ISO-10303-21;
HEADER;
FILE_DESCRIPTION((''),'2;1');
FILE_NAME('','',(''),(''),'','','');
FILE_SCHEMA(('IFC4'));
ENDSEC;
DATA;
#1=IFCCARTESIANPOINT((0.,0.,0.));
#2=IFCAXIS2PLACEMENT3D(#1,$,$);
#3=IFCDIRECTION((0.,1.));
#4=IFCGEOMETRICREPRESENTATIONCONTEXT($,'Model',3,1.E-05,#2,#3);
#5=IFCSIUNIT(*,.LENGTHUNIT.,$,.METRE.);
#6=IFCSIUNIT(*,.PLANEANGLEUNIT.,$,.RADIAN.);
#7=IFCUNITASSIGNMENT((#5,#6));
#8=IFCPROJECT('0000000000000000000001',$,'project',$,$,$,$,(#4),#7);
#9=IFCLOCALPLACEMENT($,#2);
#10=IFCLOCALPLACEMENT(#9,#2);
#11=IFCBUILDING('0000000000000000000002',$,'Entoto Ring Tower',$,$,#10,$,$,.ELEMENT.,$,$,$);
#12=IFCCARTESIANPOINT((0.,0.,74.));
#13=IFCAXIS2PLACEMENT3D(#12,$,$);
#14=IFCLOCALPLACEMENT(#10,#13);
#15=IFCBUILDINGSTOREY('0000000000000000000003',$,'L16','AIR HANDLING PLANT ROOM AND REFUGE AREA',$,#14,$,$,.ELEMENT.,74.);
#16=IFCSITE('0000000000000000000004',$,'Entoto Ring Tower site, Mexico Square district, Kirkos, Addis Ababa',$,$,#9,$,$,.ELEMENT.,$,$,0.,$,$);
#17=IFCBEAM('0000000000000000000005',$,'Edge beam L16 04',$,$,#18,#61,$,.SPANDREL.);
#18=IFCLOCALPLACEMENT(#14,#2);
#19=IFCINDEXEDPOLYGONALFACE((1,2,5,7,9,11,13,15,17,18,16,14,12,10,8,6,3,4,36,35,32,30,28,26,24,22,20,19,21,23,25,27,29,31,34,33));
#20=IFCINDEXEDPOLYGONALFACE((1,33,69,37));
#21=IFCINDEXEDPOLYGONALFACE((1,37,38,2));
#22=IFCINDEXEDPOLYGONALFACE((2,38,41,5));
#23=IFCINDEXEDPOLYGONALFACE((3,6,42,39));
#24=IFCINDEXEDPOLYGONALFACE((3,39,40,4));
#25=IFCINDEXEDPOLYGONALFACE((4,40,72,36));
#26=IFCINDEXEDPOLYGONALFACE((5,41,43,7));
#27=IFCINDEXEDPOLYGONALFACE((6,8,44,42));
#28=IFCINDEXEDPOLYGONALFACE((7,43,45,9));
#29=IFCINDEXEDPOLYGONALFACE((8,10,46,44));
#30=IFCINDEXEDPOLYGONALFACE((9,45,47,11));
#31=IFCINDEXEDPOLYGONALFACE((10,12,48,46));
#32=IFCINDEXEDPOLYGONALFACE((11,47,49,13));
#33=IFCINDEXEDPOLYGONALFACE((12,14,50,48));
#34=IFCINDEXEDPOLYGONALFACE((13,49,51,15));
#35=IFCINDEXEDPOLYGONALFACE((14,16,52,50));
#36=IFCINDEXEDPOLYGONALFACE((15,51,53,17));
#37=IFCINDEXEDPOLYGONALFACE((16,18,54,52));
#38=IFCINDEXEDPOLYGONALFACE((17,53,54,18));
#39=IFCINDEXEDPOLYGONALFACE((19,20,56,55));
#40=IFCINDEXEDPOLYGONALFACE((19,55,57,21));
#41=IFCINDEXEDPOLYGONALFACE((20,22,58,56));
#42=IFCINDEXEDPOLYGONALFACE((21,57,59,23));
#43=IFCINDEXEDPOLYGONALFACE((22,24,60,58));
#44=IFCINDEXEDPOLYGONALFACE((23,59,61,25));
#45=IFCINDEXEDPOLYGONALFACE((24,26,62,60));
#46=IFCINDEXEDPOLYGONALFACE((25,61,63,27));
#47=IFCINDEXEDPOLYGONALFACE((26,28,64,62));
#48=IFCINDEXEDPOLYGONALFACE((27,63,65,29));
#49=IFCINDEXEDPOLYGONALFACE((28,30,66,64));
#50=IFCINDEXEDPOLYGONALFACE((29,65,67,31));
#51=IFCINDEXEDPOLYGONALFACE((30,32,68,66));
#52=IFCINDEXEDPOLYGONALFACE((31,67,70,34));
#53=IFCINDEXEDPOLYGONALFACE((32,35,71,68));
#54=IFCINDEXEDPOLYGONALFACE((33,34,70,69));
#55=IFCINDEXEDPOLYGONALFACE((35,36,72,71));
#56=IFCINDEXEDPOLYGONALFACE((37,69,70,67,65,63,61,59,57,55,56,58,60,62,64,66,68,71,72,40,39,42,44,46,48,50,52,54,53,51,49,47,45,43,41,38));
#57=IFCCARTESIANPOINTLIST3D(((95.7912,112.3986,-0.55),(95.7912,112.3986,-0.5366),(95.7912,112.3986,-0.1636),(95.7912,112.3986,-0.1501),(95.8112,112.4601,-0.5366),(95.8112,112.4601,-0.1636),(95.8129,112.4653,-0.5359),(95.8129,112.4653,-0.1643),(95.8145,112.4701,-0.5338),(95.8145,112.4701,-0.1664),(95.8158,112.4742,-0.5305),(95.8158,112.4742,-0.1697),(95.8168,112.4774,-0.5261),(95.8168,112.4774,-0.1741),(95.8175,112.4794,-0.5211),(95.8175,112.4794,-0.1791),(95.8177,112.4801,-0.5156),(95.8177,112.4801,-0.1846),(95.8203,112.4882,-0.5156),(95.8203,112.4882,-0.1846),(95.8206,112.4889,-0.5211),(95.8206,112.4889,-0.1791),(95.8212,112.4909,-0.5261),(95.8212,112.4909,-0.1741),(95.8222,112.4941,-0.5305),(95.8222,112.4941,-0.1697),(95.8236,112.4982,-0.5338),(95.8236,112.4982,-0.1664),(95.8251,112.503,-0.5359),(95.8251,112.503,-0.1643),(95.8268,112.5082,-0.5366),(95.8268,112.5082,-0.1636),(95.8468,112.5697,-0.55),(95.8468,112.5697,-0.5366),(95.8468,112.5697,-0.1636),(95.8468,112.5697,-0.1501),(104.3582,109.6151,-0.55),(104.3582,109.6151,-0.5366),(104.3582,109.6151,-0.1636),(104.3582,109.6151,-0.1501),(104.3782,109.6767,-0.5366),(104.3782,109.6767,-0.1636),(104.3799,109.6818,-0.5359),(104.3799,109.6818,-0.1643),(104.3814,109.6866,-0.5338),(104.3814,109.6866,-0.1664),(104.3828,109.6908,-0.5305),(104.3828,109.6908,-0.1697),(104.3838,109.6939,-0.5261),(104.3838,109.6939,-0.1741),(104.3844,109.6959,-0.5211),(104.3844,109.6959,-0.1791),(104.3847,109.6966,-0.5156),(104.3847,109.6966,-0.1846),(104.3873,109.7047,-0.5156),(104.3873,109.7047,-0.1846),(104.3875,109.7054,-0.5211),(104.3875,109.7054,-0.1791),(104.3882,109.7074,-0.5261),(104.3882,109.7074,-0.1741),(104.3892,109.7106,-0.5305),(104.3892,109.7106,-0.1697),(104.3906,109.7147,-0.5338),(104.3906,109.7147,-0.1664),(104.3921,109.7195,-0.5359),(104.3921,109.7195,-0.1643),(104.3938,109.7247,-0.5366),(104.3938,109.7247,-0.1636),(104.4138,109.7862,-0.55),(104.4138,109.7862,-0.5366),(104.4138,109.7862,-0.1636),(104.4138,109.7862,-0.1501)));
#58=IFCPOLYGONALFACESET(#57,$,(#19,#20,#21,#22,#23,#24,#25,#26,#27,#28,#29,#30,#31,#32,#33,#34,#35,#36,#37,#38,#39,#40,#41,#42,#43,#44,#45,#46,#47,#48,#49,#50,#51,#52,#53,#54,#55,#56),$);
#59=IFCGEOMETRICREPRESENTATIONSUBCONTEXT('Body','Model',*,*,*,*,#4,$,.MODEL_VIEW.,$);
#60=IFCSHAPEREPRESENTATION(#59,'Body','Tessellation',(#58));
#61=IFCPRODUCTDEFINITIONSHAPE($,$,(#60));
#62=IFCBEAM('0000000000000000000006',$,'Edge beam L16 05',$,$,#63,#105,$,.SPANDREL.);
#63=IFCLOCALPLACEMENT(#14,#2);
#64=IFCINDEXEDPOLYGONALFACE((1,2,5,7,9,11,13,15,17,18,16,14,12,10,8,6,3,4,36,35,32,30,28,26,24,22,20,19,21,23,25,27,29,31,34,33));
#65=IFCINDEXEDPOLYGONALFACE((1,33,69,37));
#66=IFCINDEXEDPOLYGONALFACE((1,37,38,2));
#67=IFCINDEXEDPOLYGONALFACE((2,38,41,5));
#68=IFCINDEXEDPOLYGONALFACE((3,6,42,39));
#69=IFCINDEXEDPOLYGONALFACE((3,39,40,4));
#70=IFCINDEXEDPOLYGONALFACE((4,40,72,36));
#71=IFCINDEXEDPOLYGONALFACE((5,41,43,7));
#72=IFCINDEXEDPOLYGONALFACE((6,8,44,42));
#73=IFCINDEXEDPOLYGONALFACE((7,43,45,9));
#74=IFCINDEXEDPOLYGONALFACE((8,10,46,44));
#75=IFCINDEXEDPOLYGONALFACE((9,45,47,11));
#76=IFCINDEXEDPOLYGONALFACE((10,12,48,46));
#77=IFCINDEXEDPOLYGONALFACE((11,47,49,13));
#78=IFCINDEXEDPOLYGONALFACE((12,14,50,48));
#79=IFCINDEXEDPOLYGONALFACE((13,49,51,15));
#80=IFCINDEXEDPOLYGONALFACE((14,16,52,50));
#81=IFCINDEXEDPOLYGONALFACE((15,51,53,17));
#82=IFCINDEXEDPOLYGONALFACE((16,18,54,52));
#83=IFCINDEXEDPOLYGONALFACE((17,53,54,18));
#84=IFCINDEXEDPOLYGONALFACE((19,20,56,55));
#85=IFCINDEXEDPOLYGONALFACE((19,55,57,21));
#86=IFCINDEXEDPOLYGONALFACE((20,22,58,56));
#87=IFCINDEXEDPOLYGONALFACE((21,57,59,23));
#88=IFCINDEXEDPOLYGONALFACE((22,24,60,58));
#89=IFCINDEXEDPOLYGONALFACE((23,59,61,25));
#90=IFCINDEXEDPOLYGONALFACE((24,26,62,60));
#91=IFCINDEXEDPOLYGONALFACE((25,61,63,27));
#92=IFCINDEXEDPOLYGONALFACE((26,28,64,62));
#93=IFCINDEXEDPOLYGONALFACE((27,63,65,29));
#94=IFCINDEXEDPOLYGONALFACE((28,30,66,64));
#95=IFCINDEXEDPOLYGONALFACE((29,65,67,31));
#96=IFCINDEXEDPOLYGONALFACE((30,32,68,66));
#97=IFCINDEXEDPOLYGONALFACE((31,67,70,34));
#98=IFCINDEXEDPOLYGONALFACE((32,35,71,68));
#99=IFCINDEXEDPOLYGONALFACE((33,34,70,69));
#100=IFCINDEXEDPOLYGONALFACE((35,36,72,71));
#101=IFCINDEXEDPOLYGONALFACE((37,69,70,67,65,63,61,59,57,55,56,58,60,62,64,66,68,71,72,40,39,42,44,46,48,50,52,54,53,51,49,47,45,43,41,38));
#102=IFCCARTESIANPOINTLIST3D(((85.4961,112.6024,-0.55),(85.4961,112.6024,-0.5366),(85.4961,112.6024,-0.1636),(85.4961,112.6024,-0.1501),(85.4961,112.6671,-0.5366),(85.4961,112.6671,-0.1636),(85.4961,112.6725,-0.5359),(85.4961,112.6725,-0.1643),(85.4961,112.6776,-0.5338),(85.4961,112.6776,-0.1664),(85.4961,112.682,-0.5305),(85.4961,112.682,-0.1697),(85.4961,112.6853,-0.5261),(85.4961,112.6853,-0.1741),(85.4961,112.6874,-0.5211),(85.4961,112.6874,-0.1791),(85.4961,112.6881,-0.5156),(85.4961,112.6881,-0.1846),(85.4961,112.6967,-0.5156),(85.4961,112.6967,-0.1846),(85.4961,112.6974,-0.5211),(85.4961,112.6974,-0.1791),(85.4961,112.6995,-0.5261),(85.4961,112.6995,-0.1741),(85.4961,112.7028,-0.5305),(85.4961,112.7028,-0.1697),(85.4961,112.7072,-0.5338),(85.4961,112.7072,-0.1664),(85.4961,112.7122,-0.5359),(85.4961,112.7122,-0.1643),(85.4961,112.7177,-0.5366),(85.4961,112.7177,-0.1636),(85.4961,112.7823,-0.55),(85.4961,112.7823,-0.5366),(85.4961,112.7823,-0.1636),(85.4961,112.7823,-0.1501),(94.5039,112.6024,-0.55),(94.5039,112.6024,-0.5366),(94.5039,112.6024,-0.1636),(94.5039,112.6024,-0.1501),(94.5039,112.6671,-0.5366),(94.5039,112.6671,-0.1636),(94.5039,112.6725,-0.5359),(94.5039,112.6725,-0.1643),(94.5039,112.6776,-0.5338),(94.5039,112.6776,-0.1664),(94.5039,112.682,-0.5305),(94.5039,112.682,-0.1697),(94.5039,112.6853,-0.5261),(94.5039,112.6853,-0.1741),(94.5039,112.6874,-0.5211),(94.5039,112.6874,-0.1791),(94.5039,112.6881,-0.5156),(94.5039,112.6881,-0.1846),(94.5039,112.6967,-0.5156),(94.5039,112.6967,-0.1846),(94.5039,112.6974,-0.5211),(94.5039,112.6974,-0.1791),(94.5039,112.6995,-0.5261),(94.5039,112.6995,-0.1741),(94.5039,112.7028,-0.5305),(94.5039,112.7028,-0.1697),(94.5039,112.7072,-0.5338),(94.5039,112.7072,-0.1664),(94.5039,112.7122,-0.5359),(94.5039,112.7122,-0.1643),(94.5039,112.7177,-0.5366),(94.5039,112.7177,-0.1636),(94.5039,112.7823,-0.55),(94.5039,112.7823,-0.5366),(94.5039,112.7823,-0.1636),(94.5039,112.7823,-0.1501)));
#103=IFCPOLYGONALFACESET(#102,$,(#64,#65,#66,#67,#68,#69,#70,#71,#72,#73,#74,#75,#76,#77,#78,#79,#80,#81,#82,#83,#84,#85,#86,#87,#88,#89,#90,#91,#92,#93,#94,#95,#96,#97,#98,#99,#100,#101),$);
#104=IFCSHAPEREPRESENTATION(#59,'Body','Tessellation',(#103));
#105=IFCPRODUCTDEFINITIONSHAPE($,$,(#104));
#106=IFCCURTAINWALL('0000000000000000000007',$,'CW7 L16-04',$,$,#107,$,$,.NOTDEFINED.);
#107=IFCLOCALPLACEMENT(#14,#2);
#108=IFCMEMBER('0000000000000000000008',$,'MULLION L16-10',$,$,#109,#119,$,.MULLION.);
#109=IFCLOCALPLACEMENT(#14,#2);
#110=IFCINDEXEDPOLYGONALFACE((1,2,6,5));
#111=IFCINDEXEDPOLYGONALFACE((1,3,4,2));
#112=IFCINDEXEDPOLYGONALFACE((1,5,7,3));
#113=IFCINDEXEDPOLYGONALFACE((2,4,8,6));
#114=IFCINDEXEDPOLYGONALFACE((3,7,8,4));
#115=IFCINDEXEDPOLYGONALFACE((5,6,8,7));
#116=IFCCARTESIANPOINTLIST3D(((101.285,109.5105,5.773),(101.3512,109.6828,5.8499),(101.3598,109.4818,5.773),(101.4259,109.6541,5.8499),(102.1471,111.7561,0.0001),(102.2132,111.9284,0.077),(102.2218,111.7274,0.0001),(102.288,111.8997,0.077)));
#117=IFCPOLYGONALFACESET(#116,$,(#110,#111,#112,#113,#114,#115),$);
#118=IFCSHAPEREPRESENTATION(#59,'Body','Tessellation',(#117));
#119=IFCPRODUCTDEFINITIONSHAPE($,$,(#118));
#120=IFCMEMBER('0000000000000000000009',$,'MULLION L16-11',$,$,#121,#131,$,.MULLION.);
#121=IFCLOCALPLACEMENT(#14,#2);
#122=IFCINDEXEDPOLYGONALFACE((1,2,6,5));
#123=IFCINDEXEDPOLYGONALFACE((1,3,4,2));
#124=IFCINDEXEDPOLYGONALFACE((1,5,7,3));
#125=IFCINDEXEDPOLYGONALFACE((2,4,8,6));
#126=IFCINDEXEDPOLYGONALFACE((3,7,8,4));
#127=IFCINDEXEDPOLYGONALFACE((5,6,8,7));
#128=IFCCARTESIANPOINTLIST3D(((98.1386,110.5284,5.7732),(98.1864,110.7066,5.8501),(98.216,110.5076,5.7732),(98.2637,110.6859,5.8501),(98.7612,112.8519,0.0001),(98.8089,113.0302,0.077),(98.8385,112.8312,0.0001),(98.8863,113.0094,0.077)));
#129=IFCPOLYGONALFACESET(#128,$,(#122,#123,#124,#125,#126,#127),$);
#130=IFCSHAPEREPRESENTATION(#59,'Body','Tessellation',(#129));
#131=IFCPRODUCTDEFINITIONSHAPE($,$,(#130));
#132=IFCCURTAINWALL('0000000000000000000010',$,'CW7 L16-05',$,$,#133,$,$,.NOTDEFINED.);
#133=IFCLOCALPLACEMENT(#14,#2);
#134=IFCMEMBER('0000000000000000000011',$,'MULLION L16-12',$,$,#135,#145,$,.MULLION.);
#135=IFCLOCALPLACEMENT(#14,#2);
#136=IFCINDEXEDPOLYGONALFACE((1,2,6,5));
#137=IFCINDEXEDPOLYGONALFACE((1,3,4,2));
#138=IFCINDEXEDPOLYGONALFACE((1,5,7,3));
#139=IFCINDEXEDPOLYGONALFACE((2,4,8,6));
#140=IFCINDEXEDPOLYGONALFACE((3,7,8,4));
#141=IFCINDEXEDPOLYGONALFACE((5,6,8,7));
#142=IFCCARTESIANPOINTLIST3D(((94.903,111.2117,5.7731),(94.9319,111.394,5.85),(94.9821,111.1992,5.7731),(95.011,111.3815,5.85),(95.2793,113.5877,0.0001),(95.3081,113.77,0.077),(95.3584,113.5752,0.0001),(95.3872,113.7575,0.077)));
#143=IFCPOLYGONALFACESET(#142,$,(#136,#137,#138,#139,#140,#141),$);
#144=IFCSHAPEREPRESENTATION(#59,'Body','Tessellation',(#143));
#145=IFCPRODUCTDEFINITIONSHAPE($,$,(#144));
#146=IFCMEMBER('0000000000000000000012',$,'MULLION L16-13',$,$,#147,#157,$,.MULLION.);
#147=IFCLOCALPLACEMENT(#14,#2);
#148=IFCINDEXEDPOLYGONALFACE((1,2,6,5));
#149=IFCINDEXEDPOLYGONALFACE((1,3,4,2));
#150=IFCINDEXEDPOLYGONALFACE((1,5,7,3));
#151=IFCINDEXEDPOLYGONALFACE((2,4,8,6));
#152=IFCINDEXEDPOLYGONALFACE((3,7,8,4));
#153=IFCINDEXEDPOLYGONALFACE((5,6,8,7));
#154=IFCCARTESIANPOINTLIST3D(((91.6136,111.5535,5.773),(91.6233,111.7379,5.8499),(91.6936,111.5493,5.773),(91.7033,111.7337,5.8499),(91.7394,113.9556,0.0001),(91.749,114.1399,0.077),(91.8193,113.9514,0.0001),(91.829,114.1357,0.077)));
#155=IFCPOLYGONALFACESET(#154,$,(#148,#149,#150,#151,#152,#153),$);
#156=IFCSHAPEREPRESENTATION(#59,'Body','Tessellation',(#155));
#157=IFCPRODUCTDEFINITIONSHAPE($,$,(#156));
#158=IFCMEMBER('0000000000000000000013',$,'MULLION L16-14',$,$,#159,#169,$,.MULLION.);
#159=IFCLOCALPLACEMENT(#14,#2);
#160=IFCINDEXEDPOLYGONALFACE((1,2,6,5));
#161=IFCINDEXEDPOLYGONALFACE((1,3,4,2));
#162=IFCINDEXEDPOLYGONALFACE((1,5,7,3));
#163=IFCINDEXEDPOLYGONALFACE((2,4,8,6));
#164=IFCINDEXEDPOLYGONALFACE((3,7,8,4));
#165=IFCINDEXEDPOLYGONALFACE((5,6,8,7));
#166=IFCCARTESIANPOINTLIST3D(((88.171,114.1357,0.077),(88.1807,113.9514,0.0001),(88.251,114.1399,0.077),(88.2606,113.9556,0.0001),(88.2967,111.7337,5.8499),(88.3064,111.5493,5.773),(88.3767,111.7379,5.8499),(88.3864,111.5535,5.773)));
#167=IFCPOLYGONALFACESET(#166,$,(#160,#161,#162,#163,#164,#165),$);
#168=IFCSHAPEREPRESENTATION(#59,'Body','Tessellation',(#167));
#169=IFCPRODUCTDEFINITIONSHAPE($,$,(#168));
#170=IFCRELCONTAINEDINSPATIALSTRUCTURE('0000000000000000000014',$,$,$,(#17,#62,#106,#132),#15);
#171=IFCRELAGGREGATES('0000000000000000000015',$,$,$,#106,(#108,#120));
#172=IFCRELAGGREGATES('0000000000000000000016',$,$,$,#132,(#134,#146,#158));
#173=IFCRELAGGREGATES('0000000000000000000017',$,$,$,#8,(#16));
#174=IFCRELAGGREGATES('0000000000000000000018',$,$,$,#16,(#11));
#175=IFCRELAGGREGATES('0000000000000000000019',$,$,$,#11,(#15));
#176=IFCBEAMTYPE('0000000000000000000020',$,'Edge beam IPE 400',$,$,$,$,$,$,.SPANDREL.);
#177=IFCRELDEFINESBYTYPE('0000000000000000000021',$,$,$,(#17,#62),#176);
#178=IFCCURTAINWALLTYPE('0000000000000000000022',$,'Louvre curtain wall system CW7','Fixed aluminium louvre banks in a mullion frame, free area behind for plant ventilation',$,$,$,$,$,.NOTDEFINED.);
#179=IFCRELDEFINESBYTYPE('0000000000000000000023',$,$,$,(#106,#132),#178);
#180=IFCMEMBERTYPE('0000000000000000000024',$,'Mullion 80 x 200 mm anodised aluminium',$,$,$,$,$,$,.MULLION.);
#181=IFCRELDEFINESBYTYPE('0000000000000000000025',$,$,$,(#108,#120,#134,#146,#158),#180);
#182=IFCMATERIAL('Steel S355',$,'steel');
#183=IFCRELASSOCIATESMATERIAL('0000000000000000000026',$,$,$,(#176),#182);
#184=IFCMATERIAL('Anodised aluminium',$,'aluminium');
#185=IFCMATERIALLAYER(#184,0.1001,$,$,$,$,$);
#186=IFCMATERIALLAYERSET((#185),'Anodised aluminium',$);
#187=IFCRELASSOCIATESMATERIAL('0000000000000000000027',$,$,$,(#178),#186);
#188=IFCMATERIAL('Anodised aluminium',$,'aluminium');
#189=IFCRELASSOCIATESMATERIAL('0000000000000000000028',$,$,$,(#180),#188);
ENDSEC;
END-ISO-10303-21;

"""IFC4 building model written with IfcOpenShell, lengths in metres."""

from ifc_helpers import new_model, si_unit, direction, frame, origin, origin_2d, place, context, subcontext, project, spatial, rectangle, i_section, extrude, material, layer, layer_set, material_profile, profile_set, type_object, element, aggregate, save


model = new_model("IFC4")

# Units and contexts
model_context = context("Model", 3, precision=1e-05, world=origin(), true_north=direction((0.0, 1.0)))
body_context = subcontext(model_context, "Body", "Model", "MODEL_VIEW")
ifc_project = project(units=[si_unit("LENGTHUNIT", "METRE"), si_unit("PLANEANGLEUNIT", "RADIAN")], contexts=[model_context])

# Site, building, storey
site_placement = place(None, origin())
site = spatial("IfcSite", under=ifc_project, at=site_placement, Name="Entoto Ring Tower site, Mexico Square district, Kirkos, Addis Ababa", CompositionType="ELEMENT", RefElevation=0.0)
building_placement = place(site_placement, origin())
building = spatial("IfcBuilding", under=site, at=building_placement, Name="Entoto Ring Tower", CompositionType="ELEMENT")
storey_placement = place(building_placement, frame((0.0, 0.0, 74.0)))
storey = spatial("IfcBuildingStorey", under=building, at=storey_placement, Name="L16", Description="AIR HANDLING PLANT ROOM AND REFUGE AREA", CompositionType="ELEMENT", Elevation=74.0)

# Beams
ifc_material_1 = material(Name="Steel S355", Category="steel")
ifc_material_profile_1 = material_profile(ifc_material_1, i_section(OverallWidth=0.1799, OverallDepth=0.3999, WebThickness=0.0085, FlangeThickness=0.0134, FilletRadius=0.021, at=origin_2d()), Name="IPE 400")
ifc_profile_set_1 = profile_set([ifc_material_profile_1], Name="Steel S355")
beam_type_1 = type_object("IfcBeamType", Name="Edge beam IPE 400", PredefinedType="SPANDREL", material=ifc_profile_set_1)
for number, where, z_axis, x_axis, name in (
    (1, (104.386, 109.7007, -0.3501), (-0.95106, 0.309006, 0.0), (-0.309006, -0.95106, 0.0), "Edge beam L16 04"),
    (2, (94.5039, 112.6924, -0.3501), (-1.0, 0.0, 0.0), (0.0, -1.0, 0.0), "Edge beam L16 05"),
):
    element("IfcBeam", number, at=place(storey_placement, frame(where, z_axis=z_axis, x_axis=x_axis)), inside=storey, type_object=beam_type_1, Name=name, PredefinedType="SPANDREL", context=body_context, shape_type="SweptSolid", body=[
        extrude(i_section(OverallWidth=0.1799, OverallDepth=0.3999, WebThickness=0.0085, FlangeThickness=0.0134, FilletRadius=0.021, at=origin_2d()), origin(), (0.0, 0.0, 1.0), 9.0078),
    ])

# Curtain walls, members
ifc_material_2 = material(Name="Anodised aluminium", Category="aluminium")
ifc_layer_1 = layer(ifc_material_2, 0.1001)
ifc_layer_set_1 = layer_set([ifc_layer_1], Name="Anodised aluminium")
curtain_wall_type = type_object("IfcCurtainWallType", Name="Louvre curtain wall system CW7", Description="Fixed aluminium louvre banks in a mullion frame, free area behind for plant ventilation", PredefinedType="NOTDEFINED", material=ifc_layer_set_1)
curtain_wall_1_placement = place(storey_placement, origin())
curtain_wall_1 = element("IfcCurtainWall", 3, at=curtain_wall_1_placement, inside=storey, type_object=curtain_wall_type, Name="CW7 L16-04", PredefinedType="NOTDEFINED")
ifc_material_3 = material(Name="Anodised aluminium", Category="aluminium")
ifc_material_profile_2 = material_profile(ifc_material_3, rectangle(XDim=0.0801, YDim=0.2, at=origin_2d()), Name="Mullion 80 x 200 mm anodised aluminium")
ifc_profile_set_2 = profile_set([ifc_material_profile_2], Name="Anodised aluminium")
member_type_1 = type_object("IfcMemberType", Name="Mullion 80 x 200 mm anodised aluminium", PredefinedType="MULLION", material=ifc_profile_set_2)
member_1_placement = place(storey_placement, frame((102.2175, 111.8279, 0.0386), z_axis=(-0.137841, -0.359066, 0.923077), x_axis=(0.933573, -0.358387, 0.0)))
member_1 = element("IfcMember", 4, at=member_1_placement, type_object=member_type_1, Name="MULLION L16-10", PredefinedType="MULLION", context=body_context, shape_type="SweptSolid", body=[
    extrude(rectangle(XDim=0.0801, YDim=0.2, at=origin_2d()), origin(), (0.0, 0.0, 1.0), 6.2539),
])
member_2_placement = place(storey_placement, frame((98.8237, 112.9307, 0.0386), z_axis=(-0.099545, -0.371517, 0.923074), x_axis=(0.965928, -0.258812, 0.0)))
member_2 = element("IfcMember", 5, at=member_2_placement, type_object=member_type_1, Name="MULLION L16-11", PredefinedType="MULLION", context=body_context, shape_type="SweptSolid", body=[
    extrude(rectangle(XDim=0.0801, YDim=0.2, at=origin_2d()), origin(), (0.0, 0.0, 1.0), 6.2542),
])
aggregate(curtain_wall_1, [member_1, member_2])
curtain_wall_2_placement = place(storey_placement, origin())
curtain_wall_2 = element("IfcCurtainWall", 6, at=curtain_wall_2_placement, inside=storey, type_object=curtain_wall_type, Name="CW7 L16-05", PredefinedType="NOTDEFINED")
member_3_placement = place(storey_placement, frame((95.3333, 113.6726, 0.0386), z_axis=(-0.060156, -0.379907, 0.923067), x_axis=(0.987695, -0.156395, 0.0)))
member_3 = element("IfcMember", 7, at=member_3_placement, type_object=member_type_1, Name="MULLION L16-12", PredefinedType="MULLION", context=body_context, shape_type="SweptSolid", body=[
    extrude(rectangle(XDim=0.0801, YDim=0.2, at=origin_2d()), origin(), (0.0, 0.0, 1.0), 6.2542),
])
member_4_placement = place(storey_placement, frame((91.7842, 114.0457, 0.0386), z_axis=(-0.020104, -0.384089, 0.923077), x_axis=(0.998633, -0.052271, 0.0)))
member_4 = element("IfcMember", 8, at=member_4_placement, type_object=member_type_1, Name="MULLION L16-13", PredefinedType="MULLION", context=body_context, shape_type="SweptSolid", body=[
    extrude(rectangle(XDim=0.0801, YDim=0.2, at=origin_2d()), origin(), (0.0, 0.0, 1.0), 6.2539),
])
member_5_placement = place(storey_placement, frame((88.2158, 114.0457, 0.0386), z_axis=(0.020104, -0.384089, 0.923077), x_axis=(0.998633, 0.052271, 0.0)))
member_5 = element("IfcMember", 9, at=member_5_placement, type_object=member_type_1, Name="MULLION L16-14", PredefinedType="MULLION", context=body_context, shape_type="SweptSolid", body=[
    extrude(rectangle(XDim=0.0801, YDim=0.2, at=origin_2d()), origin(), (0.0, 0.0, 1.0), 6.2539),
])
aggregate(curtain_wall_2, [member_3, member_4, member_5])

save(model, "model.ifc")
